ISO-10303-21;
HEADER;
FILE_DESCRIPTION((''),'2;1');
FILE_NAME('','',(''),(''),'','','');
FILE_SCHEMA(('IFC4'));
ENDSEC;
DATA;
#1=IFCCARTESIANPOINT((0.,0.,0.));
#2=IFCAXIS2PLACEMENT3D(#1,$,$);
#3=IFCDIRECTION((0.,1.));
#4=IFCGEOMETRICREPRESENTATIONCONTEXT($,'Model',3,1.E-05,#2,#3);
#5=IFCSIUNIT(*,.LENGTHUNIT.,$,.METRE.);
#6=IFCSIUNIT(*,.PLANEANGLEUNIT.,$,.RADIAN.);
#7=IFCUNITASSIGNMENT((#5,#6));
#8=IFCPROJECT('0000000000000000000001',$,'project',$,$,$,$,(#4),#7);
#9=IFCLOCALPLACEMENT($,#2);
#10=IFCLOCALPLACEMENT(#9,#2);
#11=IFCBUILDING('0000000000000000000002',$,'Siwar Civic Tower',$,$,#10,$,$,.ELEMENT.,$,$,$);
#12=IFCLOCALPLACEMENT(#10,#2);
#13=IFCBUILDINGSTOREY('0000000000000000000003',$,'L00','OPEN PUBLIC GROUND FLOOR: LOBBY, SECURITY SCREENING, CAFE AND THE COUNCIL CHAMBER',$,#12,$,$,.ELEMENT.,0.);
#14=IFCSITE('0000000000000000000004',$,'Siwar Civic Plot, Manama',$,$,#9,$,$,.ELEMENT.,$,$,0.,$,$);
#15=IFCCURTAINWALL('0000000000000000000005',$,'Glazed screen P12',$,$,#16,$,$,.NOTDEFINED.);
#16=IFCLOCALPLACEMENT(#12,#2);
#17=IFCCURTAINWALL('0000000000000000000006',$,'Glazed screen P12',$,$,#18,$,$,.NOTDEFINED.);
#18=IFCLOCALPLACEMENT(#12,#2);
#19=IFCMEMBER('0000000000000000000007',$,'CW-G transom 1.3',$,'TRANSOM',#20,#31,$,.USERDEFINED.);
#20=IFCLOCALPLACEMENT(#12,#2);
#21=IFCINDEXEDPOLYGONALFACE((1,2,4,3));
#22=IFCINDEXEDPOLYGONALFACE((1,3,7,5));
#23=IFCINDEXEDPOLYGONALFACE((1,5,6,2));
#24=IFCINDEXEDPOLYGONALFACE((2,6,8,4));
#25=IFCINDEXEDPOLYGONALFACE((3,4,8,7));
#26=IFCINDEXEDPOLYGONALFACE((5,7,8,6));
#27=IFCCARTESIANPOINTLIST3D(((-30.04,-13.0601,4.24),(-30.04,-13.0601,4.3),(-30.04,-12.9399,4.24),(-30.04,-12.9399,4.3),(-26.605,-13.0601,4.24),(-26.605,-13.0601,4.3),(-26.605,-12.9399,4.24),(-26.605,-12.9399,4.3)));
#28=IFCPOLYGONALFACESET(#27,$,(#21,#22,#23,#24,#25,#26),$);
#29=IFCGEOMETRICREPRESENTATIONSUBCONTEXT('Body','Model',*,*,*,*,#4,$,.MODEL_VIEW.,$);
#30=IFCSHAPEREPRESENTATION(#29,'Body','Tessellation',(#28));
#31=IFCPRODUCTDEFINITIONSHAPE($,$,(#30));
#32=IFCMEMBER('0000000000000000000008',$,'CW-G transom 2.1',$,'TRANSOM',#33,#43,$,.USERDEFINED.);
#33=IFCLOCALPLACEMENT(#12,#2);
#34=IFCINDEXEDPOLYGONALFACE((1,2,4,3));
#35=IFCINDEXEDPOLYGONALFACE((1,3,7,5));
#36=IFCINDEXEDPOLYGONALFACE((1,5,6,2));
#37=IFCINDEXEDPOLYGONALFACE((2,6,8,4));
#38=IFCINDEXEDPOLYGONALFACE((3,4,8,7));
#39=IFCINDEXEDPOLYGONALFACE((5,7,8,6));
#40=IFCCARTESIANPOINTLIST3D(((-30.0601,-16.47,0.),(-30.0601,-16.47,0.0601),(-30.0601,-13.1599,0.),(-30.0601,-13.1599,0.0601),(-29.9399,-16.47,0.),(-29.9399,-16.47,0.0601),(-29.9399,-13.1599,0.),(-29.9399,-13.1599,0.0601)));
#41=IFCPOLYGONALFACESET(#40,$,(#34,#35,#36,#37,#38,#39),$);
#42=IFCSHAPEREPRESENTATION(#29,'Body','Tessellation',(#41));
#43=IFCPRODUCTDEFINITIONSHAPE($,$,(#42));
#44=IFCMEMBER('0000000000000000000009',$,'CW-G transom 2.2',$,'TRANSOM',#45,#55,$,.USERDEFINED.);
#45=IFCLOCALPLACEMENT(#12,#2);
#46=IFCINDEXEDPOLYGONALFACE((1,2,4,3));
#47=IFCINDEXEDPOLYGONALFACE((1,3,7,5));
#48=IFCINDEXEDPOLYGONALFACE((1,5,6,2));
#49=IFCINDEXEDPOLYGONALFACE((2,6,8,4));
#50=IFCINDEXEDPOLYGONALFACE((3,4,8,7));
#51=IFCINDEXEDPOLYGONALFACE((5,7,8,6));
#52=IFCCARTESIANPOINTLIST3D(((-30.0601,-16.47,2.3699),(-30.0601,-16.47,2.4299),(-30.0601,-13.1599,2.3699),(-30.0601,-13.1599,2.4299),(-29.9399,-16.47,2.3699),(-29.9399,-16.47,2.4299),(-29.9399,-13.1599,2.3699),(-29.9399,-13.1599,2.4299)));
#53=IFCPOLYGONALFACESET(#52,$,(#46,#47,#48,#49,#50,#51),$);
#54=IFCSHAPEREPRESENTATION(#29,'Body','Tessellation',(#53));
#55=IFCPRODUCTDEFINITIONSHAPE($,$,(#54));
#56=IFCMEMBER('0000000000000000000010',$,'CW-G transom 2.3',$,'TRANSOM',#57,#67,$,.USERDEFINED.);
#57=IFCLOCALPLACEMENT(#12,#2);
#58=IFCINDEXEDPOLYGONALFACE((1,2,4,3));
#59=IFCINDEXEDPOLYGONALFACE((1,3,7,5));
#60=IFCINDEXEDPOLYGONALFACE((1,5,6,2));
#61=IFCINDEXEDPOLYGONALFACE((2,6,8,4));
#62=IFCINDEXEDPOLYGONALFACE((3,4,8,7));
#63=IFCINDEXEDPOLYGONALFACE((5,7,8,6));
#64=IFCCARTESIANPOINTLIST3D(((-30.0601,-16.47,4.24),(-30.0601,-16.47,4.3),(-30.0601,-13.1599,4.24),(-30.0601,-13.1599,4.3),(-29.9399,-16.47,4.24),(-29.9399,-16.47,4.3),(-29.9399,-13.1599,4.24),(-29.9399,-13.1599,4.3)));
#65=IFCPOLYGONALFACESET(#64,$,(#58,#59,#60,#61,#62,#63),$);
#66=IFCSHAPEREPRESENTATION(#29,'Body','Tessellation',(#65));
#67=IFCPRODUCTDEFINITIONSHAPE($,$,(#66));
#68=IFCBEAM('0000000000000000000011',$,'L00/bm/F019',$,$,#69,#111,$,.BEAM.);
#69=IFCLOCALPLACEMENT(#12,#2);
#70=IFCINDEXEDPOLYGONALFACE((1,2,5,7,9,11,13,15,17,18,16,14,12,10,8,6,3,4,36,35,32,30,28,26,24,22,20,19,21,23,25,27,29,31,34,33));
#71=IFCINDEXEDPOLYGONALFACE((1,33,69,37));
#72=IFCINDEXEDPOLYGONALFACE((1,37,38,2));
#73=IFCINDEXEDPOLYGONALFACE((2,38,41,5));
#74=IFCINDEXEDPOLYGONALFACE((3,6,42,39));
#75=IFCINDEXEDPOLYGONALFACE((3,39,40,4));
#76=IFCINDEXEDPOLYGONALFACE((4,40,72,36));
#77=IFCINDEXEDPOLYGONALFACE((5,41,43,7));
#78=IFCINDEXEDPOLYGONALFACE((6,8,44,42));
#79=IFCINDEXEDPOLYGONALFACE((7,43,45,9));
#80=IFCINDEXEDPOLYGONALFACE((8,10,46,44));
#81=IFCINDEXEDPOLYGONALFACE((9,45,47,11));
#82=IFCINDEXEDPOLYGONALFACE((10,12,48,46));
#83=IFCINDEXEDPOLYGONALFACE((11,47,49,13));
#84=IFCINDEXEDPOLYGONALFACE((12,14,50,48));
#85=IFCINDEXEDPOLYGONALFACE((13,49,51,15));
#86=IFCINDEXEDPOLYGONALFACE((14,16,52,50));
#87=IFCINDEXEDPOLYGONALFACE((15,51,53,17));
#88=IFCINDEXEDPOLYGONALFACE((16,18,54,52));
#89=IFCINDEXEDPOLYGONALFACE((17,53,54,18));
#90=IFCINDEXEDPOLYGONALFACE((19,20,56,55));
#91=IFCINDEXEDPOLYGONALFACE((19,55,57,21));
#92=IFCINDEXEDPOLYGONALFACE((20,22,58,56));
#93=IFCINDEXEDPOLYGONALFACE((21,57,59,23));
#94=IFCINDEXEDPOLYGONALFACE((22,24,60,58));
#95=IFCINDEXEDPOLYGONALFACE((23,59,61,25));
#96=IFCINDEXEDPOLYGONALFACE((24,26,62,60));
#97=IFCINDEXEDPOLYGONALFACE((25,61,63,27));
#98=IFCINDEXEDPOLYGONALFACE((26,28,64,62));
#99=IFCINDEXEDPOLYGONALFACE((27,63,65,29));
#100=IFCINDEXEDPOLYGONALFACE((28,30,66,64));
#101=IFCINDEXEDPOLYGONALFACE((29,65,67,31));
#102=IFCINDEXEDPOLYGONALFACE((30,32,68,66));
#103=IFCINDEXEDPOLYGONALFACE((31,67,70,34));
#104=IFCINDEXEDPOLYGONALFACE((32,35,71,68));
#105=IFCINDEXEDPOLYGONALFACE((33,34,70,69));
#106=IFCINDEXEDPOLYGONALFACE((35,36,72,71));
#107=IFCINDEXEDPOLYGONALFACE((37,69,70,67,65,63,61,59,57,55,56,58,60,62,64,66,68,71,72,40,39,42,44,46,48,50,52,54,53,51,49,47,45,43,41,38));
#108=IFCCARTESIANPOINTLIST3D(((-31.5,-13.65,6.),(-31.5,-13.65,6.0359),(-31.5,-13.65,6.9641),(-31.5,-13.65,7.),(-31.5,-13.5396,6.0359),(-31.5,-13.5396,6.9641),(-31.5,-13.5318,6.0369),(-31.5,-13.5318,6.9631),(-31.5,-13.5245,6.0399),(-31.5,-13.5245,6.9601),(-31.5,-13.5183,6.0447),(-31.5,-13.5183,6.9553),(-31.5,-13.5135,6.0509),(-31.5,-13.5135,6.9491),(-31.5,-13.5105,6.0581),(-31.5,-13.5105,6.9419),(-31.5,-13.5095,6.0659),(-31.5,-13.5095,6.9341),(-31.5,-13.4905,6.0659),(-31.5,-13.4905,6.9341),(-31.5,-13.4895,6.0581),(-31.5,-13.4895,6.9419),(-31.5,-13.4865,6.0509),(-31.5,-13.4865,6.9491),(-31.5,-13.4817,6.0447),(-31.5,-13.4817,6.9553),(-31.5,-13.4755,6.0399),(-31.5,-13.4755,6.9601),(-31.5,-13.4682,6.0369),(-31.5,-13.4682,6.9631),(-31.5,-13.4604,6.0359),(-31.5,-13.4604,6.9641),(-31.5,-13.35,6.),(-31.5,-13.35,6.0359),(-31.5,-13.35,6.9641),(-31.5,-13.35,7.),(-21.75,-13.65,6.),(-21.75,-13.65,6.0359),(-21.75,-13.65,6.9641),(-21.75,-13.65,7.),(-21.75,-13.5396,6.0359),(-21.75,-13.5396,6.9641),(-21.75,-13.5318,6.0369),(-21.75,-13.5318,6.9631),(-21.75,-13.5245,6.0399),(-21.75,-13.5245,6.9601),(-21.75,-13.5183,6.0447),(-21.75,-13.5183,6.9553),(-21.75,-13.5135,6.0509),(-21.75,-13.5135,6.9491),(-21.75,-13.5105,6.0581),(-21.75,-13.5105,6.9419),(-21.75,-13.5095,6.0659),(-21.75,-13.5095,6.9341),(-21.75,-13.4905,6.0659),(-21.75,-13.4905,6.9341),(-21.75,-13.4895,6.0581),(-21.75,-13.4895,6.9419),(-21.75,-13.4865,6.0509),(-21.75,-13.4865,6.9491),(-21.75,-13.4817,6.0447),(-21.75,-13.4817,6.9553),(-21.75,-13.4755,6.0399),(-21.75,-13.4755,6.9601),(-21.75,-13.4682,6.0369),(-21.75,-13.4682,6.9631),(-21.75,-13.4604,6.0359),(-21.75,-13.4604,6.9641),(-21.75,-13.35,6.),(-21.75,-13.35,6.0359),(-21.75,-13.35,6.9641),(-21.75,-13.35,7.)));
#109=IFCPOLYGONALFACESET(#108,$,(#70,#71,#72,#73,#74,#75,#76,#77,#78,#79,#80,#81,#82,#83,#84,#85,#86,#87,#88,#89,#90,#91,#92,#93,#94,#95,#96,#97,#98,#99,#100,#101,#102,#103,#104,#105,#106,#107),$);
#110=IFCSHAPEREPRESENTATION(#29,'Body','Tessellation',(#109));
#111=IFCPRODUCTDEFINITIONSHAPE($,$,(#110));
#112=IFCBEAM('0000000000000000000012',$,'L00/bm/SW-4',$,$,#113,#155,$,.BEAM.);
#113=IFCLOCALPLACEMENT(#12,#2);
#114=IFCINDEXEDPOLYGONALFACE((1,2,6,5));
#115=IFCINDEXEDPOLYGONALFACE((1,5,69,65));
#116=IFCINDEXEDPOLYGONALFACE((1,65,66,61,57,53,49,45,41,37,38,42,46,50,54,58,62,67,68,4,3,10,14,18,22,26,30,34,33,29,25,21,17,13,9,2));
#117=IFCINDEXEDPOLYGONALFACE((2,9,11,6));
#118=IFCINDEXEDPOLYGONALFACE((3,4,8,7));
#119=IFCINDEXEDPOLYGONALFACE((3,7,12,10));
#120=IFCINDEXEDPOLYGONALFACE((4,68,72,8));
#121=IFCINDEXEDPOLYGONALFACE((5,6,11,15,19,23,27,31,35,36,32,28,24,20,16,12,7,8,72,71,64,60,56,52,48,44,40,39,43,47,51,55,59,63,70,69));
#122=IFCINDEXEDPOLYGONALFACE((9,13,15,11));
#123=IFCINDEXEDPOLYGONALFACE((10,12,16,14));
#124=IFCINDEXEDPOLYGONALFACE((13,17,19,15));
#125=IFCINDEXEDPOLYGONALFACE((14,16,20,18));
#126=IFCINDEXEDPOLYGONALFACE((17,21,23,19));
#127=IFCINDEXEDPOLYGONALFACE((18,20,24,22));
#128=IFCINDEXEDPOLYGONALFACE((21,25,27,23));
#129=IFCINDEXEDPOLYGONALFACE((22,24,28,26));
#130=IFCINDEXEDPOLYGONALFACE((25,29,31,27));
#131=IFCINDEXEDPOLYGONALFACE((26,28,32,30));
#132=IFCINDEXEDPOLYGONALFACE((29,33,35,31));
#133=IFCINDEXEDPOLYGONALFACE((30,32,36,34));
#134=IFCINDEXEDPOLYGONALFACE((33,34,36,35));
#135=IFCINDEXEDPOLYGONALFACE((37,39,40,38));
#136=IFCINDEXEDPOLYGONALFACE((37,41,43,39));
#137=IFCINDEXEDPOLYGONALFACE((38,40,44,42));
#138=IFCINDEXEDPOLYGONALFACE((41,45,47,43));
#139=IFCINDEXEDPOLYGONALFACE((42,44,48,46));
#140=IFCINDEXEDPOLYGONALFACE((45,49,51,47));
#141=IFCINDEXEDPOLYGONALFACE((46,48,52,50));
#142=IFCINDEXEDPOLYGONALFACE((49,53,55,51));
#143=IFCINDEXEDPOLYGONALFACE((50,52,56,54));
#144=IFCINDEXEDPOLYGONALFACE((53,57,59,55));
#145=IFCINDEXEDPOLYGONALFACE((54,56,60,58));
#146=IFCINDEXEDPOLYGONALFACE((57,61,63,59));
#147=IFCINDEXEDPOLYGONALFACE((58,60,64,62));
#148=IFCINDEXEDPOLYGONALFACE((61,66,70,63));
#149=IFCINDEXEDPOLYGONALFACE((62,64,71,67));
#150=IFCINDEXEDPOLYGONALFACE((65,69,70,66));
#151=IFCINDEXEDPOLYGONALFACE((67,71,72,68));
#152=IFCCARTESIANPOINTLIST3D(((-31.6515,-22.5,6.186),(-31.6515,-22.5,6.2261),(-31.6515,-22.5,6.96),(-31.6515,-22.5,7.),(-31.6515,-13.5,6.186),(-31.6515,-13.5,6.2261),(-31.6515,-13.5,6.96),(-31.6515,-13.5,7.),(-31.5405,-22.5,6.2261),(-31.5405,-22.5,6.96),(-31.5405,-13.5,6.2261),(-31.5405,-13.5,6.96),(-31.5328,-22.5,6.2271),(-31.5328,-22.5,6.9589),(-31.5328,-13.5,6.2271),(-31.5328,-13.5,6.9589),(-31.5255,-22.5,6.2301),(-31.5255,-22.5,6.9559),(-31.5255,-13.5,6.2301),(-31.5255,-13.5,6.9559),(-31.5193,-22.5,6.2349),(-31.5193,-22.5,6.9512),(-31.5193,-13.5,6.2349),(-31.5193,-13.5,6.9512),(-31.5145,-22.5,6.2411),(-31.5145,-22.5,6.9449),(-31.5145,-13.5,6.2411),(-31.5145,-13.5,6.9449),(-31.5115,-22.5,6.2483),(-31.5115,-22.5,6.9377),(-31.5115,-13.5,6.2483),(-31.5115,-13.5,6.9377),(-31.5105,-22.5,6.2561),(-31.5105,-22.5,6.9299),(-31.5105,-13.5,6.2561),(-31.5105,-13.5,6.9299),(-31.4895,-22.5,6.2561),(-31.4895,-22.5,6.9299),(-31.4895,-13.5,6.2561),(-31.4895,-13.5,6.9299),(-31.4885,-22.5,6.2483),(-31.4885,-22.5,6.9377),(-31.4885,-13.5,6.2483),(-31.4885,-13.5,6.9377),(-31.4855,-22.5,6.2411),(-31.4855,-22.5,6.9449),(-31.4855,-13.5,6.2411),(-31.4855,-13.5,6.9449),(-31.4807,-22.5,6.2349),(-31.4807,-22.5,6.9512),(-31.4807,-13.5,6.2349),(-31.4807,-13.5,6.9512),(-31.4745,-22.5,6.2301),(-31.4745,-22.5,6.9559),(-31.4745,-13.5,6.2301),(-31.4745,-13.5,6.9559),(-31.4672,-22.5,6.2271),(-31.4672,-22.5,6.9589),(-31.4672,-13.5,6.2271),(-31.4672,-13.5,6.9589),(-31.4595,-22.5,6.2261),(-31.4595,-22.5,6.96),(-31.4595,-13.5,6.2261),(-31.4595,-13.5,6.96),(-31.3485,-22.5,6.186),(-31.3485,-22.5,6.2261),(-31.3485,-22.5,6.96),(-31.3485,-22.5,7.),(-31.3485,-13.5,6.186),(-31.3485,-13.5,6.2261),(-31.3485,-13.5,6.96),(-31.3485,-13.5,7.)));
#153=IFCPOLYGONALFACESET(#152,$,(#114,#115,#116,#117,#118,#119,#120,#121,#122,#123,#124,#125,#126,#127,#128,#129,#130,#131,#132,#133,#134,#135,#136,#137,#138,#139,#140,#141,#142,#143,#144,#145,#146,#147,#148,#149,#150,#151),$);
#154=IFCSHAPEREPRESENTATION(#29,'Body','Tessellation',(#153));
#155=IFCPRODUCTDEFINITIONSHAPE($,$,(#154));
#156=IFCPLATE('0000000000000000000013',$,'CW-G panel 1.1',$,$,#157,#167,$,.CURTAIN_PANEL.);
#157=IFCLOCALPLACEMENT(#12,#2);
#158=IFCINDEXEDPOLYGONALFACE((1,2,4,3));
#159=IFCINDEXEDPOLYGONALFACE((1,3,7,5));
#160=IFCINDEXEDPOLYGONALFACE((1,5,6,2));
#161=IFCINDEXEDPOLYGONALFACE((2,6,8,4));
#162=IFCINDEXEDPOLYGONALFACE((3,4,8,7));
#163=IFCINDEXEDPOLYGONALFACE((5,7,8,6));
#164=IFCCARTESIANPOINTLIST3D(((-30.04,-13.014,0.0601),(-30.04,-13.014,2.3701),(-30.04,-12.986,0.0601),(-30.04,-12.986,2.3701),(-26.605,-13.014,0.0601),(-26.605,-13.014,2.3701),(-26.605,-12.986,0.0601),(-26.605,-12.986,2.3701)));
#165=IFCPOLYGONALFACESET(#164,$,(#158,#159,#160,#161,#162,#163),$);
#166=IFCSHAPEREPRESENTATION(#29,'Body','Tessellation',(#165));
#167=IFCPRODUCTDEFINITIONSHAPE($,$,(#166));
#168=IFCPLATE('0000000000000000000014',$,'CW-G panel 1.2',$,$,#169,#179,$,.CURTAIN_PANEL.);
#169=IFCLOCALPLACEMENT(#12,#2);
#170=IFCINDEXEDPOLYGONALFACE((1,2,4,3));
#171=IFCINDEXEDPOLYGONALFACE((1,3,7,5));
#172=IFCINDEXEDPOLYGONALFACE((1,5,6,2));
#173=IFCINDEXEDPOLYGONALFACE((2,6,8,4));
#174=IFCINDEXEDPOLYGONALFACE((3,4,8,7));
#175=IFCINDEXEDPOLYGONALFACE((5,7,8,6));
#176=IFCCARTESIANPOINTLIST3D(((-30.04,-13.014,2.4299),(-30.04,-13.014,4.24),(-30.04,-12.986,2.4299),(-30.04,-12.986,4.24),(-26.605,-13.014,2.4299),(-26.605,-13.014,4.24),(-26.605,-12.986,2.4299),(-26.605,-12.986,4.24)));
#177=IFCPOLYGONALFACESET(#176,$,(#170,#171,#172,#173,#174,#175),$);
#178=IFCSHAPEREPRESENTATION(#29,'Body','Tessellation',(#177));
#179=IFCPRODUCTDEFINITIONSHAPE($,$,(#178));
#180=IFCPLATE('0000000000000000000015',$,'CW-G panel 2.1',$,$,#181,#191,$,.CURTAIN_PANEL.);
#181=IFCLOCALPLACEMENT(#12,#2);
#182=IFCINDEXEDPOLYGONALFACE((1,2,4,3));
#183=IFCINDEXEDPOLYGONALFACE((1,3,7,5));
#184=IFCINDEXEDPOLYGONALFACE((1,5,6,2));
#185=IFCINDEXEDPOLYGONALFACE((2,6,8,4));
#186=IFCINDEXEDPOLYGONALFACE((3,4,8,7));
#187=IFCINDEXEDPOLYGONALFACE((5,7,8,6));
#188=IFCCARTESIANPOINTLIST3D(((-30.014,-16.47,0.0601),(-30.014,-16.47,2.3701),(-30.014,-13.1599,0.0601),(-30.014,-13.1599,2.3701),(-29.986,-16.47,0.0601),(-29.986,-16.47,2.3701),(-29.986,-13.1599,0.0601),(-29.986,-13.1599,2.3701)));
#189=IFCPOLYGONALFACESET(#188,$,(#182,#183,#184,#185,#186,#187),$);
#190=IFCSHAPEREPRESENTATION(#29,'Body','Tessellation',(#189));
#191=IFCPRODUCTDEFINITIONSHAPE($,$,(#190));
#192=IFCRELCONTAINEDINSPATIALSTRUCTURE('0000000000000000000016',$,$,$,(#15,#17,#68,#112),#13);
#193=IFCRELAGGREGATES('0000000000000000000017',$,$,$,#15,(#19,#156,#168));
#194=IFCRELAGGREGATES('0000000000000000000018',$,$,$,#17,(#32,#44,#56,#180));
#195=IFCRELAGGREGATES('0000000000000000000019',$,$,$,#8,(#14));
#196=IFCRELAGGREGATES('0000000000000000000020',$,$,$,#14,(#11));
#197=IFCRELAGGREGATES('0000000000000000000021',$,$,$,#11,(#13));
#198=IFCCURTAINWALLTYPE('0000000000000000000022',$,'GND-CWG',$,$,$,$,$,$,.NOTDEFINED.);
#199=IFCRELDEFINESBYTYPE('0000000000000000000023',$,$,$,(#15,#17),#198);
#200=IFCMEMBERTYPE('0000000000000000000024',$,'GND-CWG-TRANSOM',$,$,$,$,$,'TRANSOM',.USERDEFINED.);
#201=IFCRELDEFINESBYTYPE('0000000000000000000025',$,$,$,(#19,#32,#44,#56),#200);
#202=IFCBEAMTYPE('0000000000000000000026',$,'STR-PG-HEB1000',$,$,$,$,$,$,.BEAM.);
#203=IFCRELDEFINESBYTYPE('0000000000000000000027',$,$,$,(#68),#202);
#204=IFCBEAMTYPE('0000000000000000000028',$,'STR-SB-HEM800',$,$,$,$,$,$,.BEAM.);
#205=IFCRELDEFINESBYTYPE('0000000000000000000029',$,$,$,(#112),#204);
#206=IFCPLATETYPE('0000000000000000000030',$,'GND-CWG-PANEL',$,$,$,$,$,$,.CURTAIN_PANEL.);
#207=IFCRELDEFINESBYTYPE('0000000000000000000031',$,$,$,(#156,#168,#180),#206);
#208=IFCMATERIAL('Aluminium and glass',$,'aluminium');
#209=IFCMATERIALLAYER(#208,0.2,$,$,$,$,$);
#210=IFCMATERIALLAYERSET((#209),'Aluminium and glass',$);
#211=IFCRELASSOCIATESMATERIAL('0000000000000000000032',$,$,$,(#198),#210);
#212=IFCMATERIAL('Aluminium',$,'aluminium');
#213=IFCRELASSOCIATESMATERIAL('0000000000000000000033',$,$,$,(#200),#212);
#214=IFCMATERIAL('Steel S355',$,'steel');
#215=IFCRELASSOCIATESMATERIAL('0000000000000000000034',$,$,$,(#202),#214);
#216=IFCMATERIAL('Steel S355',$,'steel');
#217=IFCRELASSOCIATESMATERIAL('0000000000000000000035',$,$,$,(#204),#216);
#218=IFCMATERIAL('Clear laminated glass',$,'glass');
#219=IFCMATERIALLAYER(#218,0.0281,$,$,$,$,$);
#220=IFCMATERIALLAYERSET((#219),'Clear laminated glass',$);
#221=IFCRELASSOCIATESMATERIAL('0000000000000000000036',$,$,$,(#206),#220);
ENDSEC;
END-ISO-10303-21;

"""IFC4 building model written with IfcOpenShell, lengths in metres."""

from ifc_helpers import new_model, si_unit, direction, frame, origin, origin_2d, place, context, subcontext, project, spatial, rectangle, i_section, extrude, material, layer, layer_set, material_profile, profile_set, type_object, element, aggregate, save


model = new_model("IFC4")

# Units and contexts
model_context = context("Model", 3, precision=1e-05, world=origin(), true_north=direction((0.0, 1.0)))
body_context = subcontext(model_context, "Body", "Model", "MODEL_VIEW")
ifc_project = project(units=[si_unit("LENGTHUNIT", "METRE"), si_unit("PLANEANGLEUNIT", "RADIAN")], contexts=[model_context])

# Site, building, storey
site_placement = place(None, origin())
site = spatial("IfcSite", under=ifc_project, at=site_placement, Name="Siwar Civic Plot, Manama", CompositionType="ELEMENT", RefElevation=0.0)
building_placement = place(site_placement, origin())
building = spatial("IfcBuilding", under=site, at=building_placement, Name="Siwar Civic Tower", CompositionType="ELEMENT")
storey_placement = place(building_placement, origin())
storey = spatial("IfcBuildingStorey", under=building, at=storey_placement, Name="L00", Description="OPEN PUBLIC GROUND FLOOR: LOBBY, SECURITY SCREENING, CAFE AND THE COUNCIL CHAMBER", CompositionType="ELEMENT", Elevation=0.0)

# Curtain wall
ifc_material_1 = material(Name="Aluminium and glass", Category="aluminium")
ifc_layer_1 = layer(ifc_material_1, 0.2)
ifc_layer_set_1 = layer_set([ifc_layer_1], Name="Aluminium and glass")
curtain_wall_type = type_object("IfcCurtainWallType", Name="GND-CWG", PredefinedType="NOTDEFINED", material=ifc_layer_set_1)
curtain_wall_1_placement = place(storey_placement, origin())
curtain_wall_1 = element("IfcCurtainWall", 1, at=curtain_wall_1_placement, inside=storey, type_object=curtain_wall_type, Name="Glazed screen P12", PredefinedType="NOTDEFINED")

# Curtain wall
curtain_wall_2_placement = place(storey_placement, origin())
curtain_wall_2 = element("IfcCurtainWall", 2, at=curtain_wall_2_placement, inside=storey, type_object=curtain_wall_type, Name="Glazed screen P12", PredefinedType="NOTDEFINED")

# Members
ifc_material_2 = material(Name="Aluminium", Category="aluminium")
ifc_material_profile_1 = material_profile(ifc_material_2, rectangle(XDim=0.1201, YDim=0.0601, at=origin_2d()), Name="AL 120x60")
ifc_profile_set_1 = profile_set([ifc_material_profile_1], Name="Aluminium")
member_type_1 = type_object("IfcMemberType", Name="GND-CWG-TRANSOM", ElementType="TRANSOM", PredefinedType="USERDEFINED", material=ifc_profile_set_1)
member_1_placement = place(storey_placement, frame((-30.04, -13.0, 4.27), z_axis=(1.0, 0.0, 0.0), x_axis=(0.0, 1.0, 0.0)))
member_1 = element("IfcMember", 3, at=member_1_placement, type_object=member_type_1, Name="CW-G transom 1.3", ObjectType="TRANSOM", PredefinedType="USERDEFINED", context=body_context, shape_type="SweptSolid", body=[
    extrude(rectangle(XDim=0.1201, YDim=0.0601, at=origin_2d()), origin(), (0.0, 0.0, 1.0), 3.4351),
])
member_2_placement = place(storey_placement, frame((-30.0, -16.47, 0.03), z_axis=(0.0, 1.0, 0.0), x_axis=(-1.0, 0.0, 0.0)))
member_2 = element("IfcMember", 4, at=member_2_placement, type_object=member_type_1, Name="CW-G transom 2.1", ObjectType="TRANSOM", PredefinedType="USERDEFINED", context=body_context, shape_type="SweptSolid", body=[
    extrude(rectangle(XDim=0.1201, YDim=0.0601, at=origin_2d()), origin(), (0.0, 0.0, 1.0), 3.3101),
])
member_3_placement = place(storey_placement, frame((-30.0, -16.47, 2.3999), z_axis=(0.0, 1.0, 0.0), x_axis=(-1.0, 0.0, 0.0)))
member_3 = element("IfcMember", 5, at=member_3_placement, type_object=member_type_1, Name="CW-G transom 2.2", ObjectType="TRANSOM", PredefinedType="USERDEFINED", context=body_context, shape_type="SweptSolid", body=[
    extrude(rectangle(XDim=0.1201, YDim=0.0601, at=origin_2d()), origin(), (0.0, 0.0, 1.0), 3.3101),
])
member_4_placement = place(storey_placement, frame((-30.0, -16.47, 4.27), z_axis=(0.0, 1.0, 0.0), x_axis=(-1.0, 0.0, 0.0)))
member_4 = element("IfcMember", 6, at=member_4_placement, type_object=member_type_1, Name="CW-G transom 2.3", ObjectType="TRANSOM", PredefinedType="USERDEFINED", context=body_context, shape_type="SweptSolid", body=[
    extrude(rectangle(XDim=0.1201, YDim=0.0601, at=origin_2d()), origin(), (0.0, 0.0, 1.0), 3.3101),
])

# Beams
ifc_material_3 = material(Name="Steel S355", Category="steel")
ifc_material_profile_2 = material_profile(ifc_material_3, i_section(OverallWidth=0.3, OverallDepth=1.0, WebThickness=0.019, FlangeThickness=0.0359, FilletRadius=0.03, at=origin_2d()), Name="HEB1000")
ifc_profile_set_2 = profile_set([ifc_material_profile_2], Name="Steel S355")
beam_type_1 = type_object("IfcBeamType", Name="STR-PG-HEB1000", PredefinedType="BEAM", material=ifc_profile_set_2)
beam_1_placement = place(storey_placement, frame((-31.5, -13.5, 6.5), z_axis=(1.0, 0.0, 0.0), x_axis=(0.0, 1.0, 0.0)))
element("IfcBeam", 7, at=beam_1_placement, inside=storey, type_object=beam_type_1, Name="L00/bm/F019", PredefinedType="BEAM", context=body_context, shape_type="SweptSolid", body=[
    extrude(i_section(OverallWidth=0.3, OverallDepth=1.0, WebThickness=0.019, FlangeThickness=0.0359, FilletRadius=0.03, at=origin_2d()), origin(), (0.0, 0.0, 1.0), 9.75),
])
ifc_material_4 = material(Name="Steel S355", Category="steel")
ifc_material_profile_3 = material_profile(ifc_material_4, i_section(OverallWidth=0.303, OverallDepth=0.814, WebThickness=0.021, FlangeThickness=0.04, FilletRadius=0.03, at=origin_2d()), Name="HEM800")
ifc_profile_set_3 = profile_set([ifc_material_profile_3], Name="Steel S355")
beam_type_2 = type_object("IfcBeamType", Name="STR-SB-HEM800", PredefinedType="BEAM", material=ifc_profile_set_3)
beam_2_placement = place(storey_placement, frame((-31.5, -13.5, 6.593), z_axis=(0.0, -1.0, 0.0), x_axis=(1.0, 0.0, 0.0)))
element("IfcBeam", 8, at=beam_2_placement, inside=storey, type_object=beam_type_2, Name="L00/bm/SW-4", PredefinedType="BEAM", context=body_context, shape_type="SweptSolid", body=[
    extrude(i_section(OverallWidth=0.303, OverallDepth=0.814, WebThickness=0.021, FlangeThickness=0.04, FilletRadius=0.03, at=origin_2d()), origin(), (0.0, 0.0, 1.0), 9.0),
])

# Plates
ifc_material_5 = material(Name="Clear laminated glass", Category="glass")
ifc_layer_2 = layer(ifc_material_5, 0.0281)
ifc_layer_set_2 = layer_set([ifc_layer_2], Name="Clear laminated glass")
plate_type = type_object("IfcPlateType", Name="GND-CWG-PANEL", PredefinedType="CURTAIN_PANEL", material=ifc_layer_set_2)
plate_1_placement = place(storey_placement, frame((-28.3225, -13.0, 0.0601), z_axis=(0.0, 0.0, 1.0), x_axis=(1.0, 0.0, 0.0)))
plate_1 = element("IfcPlate", 9, at=plate_1_placement, type_object=plate_type, Name="CW-G panel 1.1", PredefinedType="CURTAIN_PANEL", context=body_context, shape_type="SweptSolid", body=[
    extrude(rectangle(XDim=3.4351, YDim=0.0281, at=origin_2d()), origin(), (0.0, 0.0, 1.0), 2.3101),
])
plate_2_placement = place(storey_placement, frame((-28.3225, -13.0, 2.4299), z_axis=(0.0, 0.0, 1.0), x_axis=(1.0, 0.0, 0.0)))
plate_2 = element("IfcPlate", 10, at=plate_2_placement, type_object=plate_type, Name="CW-G panel 1.2", PredefinedType="CURTAIN_PANEL", context=body_context, shape_type="SweptSolid", body=[
    extrude(rectangle(XDim=3.4351, YDim=0.0281, at=origin_2d()), origin(), (0.0, 0.0, 1.0), 1.8101),
])
aggregate(curtain_wall_1, [member_1, plate_1, plate_2])
plate_3_placement = place(storey_placement, frame((-30.0, -14.8149, 0.0601), z_axis=(0.0, 0.0, 1.0), x_axis=(0.0, 1.0, 0.0)))
plate_3 = element("IfcPlate", 11, at=plate_3_placement, type_object=plate_type, Name="CW-G panel 2.1", PredefinedType="CURTAIN_PANEL", context=body_context, shape_type="SweptSolid", body=[
    extrude(rectangle(XDim=3.3101, YDim=0.0281, at=origin_2d()), origin(), (0.0, 0.0, 1.0), 2.3101),
])
aggregate(curtain_wall_2, [member_2, member_3, member_4, plate_3])

save(model, "model.ifc")
